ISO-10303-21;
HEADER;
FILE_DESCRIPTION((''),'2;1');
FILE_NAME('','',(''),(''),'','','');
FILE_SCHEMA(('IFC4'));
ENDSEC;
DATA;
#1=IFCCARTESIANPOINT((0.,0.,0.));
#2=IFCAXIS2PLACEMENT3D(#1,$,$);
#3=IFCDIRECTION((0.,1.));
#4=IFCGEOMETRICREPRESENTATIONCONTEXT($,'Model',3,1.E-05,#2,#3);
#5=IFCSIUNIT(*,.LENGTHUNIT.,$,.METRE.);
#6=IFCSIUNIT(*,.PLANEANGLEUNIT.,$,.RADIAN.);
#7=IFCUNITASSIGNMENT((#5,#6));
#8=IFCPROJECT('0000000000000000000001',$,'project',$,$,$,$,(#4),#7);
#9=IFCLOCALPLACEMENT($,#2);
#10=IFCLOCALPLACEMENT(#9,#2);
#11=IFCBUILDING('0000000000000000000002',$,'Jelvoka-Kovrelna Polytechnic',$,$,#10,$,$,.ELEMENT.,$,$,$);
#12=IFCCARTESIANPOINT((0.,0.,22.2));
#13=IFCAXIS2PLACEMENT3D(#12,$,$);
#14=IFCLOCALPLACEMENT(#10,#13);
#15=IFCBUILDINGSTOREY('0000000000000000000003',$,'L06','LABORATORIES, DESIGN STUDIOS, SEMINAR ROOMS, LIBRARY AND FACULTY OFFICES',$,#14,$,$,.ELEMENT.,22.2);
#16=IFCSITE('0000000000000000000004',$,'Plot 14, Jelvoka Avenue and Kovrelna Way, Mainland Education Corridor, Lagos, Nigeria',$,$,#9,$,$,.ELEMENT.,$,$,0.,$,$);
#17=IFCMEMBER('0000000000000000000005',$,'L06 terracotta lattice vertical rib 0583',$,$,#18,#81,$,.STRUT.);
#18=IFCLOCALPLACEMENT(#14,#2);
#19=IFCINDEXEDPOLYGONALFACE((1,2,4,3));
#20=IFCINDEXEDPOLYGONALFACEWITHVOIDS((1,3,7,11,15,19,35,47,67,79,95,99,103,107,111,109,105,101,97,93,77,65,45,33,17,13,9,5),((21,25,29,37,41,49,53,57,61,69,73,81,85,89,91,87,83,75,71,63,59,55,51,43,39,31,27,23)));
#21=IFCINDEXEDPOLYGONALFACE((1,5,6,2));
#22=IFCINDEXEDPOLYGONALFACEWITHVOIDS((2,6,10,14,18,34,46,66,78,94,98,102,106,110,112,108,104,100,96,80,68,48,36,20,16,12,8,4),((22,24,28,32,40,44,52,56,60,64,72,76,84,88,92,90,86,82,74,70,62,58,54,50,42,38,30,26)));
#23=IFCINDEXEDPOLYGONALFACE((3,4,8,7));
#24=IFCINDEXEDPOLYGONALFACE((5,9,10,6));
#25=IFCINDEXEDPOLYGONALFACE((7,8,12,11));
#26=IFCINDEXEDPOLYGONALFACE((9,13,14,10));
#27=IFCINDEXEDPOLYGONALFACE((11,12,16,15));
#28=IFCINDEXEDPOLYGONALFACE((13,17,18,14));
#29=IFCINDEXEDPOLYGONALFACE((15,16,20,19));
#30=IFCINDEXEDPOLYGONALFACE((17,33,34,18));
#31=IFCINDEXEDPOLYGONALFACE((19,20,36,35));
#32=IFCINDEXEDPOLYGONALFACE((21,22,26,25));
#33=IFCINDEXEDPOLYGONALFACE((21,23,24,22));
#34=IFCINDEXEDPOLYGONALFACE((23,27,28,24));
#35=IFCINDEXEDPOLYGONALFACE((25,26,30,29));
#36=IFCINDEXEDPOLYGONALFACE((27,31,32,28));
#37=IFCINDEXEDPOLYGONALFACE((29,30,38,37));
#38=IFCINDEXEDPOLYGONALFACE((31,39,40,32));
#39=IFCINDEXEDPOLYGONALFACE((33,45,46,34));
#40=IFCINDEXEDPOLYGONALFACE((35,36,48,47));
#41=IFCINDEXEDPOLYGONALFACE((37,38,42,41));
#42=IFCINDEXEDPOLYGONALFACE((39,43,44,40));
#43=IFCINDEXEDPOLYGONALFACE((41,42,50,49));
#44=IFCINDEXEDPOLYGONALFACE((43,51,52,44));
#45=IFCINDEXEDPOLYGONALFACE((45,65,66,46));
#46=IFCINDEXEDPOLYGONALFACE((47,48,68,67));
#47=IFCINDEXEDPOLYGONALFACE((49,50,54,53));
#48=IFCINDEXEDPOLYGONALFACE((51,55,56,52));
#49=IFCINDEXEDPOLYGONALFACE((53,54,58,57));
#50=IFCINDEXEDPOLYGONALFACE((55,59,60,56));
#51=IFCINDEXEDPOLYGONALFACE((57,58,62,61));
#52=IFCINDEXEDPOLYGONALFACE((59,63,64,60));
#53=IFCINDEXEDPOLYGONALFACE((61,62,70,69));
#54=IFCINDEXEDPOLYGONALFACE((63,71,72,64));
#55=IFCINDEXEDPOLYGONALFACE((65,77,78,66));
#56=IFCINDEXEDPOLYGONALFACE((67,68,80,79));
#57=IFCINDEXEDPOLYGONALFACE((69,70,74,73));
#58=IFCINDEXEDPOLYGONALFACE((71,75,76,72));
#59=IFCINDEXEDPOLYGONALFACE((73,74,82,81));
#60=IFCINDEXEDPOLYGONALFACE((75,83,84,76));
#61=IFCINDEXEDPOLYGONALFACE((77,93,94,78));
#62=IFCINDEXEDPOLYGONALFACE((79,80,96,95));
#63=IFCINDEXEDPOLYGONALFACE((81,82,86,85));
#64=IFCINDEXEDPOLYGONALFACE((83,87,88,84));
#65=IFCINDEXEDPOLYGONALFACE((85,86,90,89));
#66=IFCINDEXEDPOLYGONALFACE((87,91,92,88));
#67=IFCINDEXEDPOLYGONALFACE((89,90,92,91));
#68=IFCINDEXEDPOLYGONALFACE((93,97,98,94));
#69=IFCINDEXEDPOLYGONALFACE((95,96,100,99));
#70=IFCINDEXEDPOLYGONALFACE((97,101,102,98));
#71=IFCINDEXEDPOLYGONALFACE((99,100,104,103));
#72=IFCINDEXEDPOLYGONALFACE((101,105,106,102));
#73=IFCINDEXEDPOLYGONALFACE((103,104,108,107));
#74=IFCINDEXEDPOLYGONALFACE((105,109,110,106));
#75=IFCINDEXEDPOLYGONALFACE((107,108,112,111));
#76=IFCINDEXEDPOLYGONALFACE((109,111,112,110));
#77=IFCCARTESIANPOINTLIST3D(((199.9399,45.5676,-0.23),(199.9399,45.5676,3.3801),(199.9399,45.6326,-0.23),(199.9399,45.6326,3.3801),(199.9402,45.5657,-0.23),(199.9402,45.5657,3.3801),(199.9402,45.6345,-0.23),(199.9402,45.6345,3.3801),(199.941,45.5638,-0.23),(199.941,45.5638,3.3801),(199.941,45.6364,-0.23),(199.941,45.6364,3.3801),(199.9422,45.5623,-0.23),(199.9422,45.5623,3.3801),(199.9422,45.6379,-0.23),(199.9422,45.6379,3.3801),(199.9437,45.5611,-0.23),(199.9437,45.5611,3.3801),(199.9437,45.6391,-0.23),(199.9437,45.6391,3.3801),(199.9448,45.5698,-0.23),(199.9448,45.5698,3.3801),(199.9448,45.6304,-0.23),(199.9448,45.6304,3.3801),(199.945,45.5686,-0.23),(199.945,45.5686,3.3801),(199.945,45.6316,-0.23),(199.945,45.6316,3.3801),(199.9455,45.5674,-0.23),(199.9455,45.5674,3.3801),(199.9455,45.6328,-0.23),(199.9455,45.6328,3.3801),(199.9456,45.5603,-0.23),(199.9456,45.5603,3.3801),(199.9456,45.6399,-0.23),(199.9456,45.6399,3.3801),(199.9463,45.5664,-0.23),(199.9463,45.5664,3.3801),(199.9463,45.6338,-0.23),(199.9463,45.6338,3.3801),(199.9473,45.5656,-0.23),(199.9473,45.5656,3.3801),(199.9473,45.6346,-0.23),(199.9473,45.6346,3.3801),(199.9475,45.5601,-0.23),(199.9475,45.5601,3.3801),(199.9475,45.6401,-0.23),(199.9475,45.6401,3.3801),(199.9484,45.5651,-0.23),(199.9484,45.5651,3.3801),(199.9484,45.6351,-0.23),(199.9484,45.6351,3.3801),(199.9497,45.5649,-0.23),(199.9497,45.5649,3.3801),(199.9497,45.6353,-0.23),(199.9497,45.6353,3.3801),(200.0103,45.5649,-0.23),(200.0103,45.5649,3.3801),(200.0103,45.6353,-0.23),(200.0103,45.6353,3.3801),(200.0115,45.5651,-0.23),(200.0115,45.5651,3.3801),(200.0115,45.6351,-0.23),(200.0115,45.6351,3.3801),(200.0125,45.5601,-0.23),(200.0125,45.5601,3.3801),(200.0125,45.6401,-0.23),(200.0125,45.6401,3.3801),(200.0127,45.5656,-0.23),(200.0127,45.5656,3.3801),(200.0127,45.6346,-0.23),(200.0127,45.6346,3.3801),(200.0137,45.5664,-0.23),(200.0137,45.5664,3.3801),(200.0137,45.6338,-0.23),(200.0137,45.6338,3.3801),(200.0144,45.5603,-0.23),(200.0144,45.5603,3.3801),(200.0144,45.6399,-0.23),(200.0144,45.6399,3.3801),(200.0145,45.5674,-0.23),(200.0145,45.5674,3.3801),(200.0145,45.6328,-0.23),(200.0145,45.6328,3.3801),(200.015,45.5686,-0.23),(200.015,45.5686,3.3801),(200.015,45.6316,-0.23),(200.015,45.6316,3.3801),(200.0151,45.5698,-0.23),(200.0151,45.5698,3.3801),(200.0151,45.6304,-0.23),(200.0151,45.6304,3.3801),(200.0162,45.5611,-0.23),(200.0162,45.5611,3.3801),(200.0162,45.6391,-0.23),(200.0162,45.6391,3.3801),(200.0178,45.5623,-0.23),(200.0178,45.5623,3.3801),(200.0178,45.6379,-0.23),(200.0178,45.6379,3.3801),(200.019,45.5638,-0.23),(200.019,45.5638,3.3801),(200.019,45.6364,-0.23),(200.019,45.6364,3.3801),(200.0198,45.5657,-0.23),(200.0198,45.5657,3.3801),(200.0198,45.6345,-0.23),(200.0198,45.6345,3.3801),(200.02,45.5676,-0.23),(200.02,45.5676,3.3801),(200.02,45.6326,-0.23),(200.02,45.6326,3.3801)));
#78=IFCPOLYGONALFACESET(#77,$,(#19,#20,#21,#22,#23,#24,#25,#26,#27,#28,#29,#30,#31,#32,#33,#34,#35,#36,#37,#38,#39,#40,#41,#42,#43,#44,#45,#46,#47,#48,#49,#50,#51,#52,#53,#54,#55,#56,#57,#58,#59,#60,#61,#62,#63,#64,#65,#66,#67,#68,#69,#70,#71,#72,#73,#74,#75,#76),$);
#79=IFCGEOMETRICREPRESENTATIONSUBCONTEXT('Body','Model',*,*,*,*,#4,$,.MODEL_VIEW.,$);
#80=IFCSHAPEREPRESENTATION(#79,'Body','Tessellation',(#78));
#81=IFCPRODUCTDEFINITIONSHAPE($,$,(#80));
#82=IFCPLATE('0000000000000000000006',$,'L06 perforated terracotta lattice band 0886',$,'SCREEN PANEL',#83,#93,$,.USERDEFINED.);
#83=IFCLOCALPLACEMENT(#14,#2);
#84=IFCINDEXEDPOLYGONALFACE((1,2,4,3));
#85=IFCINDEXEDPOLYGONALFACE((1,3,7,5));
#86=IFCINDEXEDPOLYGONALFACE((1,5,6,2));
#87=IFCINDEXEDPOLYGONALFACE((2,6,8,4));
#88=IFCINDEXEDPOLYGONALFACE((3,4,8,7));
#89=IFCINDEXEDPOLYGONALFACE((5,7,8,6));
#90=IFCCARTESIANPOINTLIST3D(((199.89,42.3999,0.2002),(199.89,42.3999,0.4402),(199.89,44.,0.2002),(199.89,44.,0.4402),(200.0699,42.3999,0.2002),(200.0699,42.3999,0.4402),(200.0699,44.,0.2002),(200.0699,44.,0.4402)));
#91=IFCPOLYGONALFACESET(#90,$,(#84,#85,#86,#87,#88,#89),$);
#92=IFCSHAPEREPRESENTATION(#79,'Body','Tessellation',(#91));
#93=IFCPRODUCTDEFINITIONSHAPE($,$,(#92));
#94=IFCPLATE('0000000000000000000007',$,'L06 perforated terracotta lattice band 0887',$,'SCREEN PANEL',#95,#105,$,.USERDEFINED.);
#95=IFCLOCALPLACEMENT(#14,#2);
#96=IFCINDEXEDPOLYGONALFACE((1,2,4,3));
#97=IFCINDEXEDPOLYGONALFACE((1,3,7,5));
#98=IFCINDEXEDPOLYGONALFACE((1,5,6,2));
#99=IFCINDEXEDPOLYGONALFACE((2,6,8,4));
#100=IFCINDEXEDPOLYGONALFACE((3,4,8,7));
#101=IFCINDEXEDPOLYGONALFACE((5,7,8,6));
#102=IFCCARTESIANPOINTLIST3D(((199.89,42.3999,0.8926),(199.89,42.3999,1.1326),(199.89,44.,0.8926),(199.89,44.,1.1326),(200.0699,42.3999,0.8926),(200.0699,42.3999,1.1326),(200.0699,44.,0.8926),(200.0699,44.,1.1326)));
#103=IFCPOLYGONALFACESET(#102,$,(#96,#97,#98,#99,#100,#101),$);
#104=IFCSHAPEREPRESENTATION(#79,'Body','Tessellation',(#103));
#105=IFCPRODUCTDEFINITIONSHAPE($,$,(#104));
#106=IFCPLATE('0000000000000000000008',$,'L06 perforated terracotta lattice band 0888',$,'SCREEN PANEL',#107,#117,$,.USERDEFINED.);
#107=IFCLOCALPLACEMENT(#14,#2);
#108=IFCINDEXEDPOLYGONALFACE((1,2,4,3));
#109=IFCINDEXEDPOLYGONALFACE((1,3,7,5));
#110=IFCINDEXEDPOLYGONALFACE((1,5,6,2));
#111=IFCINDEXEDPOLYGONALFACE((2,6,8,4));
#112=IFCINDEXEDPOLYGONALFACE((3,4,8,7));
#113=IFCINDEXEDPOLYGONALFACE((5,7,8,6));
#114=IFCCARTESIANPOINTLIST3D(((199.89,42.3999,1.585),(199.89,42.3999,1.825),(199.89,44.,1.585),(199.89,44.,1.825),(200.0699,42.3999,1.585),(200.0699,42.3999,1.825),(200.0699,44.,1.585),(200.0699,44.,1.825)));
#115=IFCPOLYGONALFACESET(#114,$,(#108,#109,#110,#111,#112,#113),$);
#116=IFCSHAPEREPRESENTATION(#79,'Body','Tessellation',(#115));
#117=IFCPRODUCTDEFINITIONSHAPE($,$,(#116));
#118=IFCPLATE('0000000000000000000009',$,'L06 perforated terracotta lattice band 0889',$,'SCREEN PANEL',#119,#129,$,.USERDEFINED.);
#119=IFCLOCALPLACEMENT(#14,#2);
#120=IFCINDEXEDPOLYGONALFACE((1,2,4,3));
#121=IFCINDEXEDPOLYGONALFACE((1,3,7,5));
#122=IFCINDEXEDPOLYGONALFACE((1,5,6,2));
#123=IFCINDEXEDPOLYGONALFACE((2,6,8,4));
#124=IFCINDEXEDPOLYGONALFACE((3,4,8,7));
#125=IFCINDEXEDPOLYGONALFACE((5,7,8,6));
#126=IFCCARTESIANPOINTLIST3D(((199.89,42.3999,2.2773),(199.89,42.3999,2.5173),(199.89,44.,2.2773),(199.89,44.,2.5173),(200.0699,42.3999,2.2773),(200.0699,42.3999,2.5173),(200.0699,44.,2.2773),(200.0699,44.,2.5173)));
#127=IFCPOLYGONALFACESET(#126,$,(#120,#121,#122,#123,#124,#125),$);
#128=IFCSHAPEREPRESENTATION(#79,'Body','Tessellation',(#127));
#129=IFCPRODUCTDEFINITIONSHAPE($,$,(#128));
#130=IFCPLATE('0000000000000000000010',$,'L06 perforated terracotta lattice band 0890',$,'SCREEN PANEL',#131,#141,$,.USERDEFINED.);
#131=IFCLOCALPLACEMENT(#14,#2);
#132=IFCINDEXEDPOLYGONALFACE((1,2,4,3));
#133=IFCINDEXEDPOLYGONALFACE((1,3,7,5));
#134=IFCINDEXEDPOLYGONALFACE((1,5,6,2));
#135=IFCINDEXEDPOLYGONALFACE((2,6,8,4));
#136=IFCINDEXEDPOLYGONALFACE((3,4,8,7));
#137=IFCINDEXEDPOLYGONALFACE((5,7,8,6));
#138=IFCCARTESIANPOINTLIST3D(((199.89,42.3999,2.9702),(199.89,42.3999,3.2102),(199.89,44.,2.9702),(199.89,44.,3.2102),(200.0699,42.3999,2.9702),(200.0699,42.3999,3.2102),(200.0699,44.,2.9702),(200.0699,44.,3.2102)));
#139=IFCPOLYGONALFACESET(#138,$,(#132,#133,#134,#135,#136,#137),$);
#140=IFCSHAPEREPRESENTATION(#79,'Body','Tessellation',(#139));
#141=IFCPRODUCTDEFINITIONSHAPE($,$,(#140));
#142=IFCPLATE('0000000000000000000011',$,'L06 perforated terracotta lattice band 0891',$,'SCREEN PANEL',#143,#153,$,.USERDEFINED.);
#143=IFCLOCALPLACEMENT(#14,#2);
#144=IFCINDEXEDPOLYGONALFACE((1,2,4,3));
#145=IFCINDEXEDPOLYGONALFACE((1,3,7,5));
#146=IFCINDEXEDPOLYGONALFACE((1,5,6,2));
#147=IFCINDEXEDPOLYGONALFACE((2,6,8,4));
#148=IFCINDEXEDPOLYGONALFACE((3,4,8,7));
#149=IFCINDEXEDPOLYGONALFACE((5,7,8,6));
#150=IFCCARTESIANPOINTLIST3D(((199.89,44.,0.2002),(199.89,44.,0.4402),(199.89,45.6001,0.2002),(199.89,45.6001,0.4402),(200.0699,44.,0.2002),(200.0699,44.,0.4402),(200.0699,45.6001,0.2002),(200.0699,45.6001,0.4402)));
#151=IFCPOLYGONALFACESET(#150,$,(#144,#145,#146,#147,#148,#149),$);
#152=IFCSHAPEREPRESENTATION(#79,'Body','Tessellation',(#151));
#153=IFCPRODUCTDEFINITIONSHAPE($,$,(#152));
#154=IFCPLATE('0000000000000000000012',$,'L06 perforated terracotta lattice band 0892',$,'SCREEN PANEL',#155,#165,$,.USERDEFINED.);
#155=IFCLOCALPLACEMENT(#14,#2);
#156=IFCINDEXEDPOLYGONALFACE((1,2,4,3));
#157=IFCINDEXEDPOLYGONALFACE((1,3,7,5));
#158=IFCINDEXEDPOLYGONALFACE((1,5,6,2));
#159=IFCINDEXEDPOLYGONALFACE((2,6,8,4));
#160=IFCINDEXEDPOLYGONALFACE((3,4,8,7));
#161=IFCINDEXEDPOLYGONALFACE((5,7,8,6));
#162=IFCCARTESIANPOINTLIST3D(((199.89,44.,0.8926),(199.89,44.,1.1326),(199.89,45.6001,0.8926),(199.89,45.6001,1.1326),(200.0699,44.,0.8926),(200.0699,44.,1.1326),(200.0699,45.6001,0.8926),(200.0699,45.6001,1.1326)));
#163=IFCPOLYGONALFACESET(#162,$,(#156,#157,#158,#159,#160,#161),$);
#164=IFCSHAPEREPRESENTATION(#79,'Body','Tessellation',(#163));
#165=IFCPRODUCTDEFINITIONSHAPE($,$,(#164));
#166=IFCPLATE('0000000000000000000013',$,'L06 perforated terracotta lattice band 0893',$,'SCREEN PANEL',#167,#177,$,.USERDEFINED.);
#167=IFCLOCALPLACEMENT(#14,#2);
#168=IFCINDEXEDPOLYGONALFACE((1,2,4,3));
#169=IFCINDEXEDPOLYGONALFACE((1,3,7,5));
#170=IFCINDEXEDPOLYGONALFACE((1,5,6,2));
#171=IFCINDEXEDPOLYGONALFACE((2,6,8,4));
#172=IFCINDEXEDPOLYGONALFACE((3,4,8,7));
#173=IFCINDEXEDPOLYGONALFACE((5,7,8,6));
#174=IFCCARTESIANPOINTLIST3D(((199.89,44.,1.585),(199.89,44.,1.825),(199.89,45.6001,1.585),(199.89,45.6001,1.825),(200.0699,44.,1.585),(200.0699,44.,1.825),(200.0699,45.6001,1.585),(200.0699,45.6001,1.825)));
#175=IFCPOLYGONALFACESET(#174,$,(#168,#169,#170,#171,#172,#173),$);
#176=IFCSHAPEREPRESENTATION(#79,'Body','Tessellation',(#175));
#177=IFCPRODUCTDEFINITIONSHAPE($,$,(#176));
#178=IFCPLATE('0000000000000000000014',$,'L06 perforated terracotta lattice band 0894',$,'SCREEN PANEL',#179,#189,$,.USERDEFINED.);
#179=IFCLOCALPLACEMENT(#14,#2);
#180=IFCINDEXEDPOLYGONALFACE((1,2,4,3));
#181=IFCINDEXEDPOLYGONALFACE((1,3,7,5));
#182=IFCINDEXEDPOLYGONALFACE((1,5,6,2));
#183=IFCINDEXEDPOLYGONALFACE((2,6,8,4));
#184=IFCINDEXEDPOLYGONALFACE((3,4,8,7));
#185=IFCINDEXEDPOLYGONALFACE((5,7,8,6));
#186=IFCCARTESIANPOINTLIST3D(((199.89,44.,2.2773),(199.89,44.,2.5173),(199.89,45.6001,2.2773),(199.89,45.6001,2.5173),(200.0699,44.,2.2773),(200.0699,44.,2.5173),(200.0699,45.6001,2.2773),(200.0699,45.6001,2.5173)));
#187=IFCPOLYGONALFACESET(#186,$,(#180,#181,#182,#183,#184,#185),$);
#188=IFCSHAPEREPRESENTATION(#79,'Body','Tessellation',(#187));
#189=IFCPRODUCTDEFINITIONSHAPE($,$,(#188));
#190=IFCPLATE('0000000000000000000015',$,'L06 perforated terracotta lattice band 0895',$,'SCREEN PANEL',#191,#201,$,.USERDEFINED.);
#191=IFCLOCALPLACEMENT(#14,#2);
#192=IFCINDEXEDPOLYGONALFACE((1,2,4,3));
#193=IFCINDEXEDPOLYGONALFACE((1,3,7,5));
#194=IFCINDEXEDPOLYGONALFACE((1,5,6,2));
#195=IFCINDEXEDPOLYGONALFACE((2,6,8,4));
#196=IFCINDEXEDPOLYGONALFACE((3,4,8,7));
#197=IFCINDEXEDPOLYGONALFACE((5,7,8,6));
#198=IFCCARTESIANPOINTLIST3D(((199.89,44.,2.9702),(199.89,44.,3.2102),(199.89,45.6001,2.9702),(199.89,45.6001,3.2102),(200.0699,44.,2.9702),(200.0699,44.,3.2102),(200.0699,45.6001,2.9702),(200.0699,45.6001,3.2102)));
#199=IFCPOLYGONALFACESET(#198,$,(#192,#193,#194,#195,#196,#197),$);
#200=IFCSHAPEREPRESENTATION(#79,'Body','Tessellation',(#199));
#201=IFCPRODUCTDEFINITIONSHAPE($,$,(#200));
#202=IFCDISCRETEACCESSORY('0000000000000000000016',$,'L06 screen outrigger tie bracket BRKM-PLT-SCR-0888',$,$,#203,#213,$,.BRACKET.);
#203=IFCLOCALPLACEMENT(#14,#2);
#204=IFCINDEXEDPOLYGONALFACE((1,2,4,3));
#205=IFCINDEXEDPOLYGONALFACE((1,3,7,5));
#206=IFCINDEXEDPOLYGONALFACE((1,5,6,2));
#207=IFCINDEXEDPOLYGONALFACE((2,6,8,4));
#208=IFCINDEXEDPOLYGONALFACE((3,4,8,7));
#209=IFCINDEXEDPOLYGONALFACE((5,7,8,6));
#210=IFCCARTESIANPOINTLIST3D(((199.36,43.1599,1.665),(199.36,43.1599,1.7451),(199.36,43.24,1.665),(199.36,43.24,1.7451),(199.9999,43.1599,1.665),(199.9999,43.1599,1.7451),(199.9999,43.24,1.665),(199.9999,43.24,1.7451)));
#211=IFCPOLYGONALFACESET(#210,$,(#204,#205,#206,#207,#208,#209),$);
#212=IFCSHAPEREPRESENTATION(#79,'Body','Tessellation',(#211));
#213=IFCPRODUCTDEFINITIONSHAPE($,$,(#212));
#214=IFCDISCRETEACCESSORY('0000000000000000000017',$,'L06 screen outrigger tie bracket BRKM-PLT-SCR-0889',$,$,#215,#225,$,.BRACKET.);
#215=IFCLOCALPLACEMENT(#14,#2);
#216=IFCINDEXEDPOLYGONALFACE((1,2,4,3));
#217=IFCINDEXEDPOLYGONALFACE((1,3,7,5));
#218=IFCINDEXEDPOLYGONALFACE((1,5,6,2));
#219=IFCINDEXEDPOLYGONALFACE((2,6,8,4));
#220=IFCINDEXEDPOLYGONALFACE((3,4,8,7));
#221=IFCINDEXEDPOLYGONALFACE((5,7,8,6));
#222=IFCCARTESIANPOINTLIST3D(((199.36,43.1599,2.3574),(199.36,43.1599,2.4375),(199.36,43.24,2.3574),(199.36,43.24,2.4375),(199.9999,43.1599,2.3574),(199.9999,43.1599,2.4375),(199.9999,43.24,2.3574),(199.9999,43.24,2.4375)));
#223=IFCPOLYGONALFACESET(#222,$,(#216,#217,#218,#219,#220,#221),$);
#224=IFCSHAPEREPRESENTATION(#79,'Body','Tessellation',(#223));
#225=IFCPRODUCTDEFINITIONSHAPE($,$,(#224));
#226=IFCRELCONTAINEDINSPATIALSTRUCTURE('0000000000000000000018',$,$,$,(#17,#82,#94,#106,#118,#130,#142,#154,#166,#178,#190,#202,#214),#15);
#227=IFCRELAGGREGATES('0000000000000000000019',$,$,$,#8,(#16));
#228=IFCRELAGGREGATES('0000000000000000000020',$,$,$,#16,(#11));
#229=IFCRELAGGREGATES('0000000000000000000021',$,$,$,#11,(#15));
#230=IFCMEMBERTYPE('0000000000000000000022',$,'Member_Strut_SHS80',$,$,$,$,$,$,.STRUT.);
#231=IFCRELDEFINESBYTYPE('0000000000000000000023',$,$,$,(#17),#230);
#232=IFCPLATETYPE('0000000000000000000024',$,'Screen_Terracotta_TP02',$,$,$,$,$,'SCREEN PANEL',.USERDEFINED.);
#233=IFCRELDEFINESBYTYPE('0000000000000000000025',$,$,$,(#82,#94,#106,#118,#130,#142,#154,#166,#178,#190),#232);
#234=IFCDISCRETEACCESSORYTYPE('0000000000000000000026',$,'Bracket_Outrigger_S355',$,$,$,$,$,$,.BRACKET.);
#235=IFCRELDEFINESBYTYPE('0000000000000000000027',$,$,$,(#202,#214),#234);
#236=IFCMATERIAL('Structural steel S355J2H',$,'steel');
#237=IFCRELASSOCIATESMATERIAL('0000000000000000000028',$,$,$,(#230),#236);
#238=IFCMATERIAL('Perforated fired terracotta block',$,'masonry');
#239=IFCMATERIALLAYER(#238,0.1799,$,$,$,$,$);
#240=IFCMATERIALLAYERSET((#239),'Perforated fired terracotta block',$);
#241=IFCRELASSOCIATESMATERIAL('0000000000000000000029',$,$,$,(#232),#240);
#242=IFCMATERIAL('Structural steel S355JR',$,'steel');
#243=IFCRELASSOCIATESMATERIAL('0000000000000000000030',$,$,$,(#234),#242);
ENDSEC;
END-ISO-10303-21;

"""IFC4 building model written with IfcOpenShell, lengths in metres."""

from ifc_helpers import new_model, si_unit, direction, frame, origin, origin_2d, place, context, subcontext, project, spatial, rectangle, hollow_rectangle, extrude, material, layer, layer_set, material_profile, profile_set, type_object, element, save


model = new_model("IFC4")

# Units and contexts
model_context = context("Model", 3, precision=1e-05, world=origin(), true_north=direction((0.0, 1.0)))
body_context = subcontext(model_context, "Body", "Model", "MODEL_VIEW")
ifc_project = project(units=[si_unit("LENGTHUNIT", "METRE"), si_unit("PLANEANGLEUNIT", "RADIAN")], contexts=[model_context])

# Site, building, storey
site_placement = place(None, origin())
site = spatial("IfcSite", under=ifc_project, at=site_placement, Name="Plot 14, Jelvoka Avenue and Kovrelna Way, Mainland Education Corridor, Lagos, Nigeria", CompositionType="ELEMENT", RefElevation=0.0)
building_placement = place(site_placement, origin())
building = spatial("IfcBuilding", under=site, at=building_placement, Name="Jelvoka-Kovrelna Polytechnic", CompositionType="ELEMENT")
storey_placement = place(building_placement, frame((0.0, 0.0, 22.2)))
storey = spatial("IfcBuildingStorey", under=building, at=storey_placement, Name="L06", Description="LABORATORIES, DESIGN STUDIOS, SEMINAR ROOMS, LIBRARY AND FACULTY OFFICES", CompositionType="ELEMENT", Elevation=22.2)

# Member
ifc_material_1 = material(Name="Structural steel S355J2H", Category="steel")
ifc_material_profile = material_profile(ifc_material_1, hollow_rectangle(XDim=0.0801, YDim=0.0801, WallThickness=0.0049, InnerFilletRadius=0.0049, OuterFilletRadius=0.0076, at=origin_2d()), Name="80x80x5.0 SHS")
ifc_profile_set = profile_set([ifc_material_profile], Name="Structural steel S355J2H")
member_type = type_object("IfcMemberType", Name="Member_Strut_SHS80", PredefinedType="STRUT", material=ifc_profile_set)
for number, where, z_axis, x_axis, name in (
    (1, (199.98, 45.6001, -0.23), (0.0, 0.0, 1.0), (1.0, 0.0, 0.0), "L06 terracotta lattice vertical rib 0583"),
):
    element("IfcMember", number, at=place(storey_placement, frame(where, z_axis=z_axis, x_axis=x_axis)), inside=storey, type_object=member_type, Name=name, PredefinedType="STRUT", context=body_context, shape_type="SweptSolid", body=[
        extrude(hollow_rectangle(XDim=0.0801, YDim=0.0801, WallThickness=0.0049, InnerFilletRadius=0.0049, OuterFilletRadius=0.0076, at=origin_2d()), origin(), (0.0, 0.0, 1.0), 3.6101),
    ])

# Plates
ifc_material_2 = material(Name="Perforated fired terracotta block", Category="masonry")
ifc_layer = layer(ifc_material_2, 0.1799)
ifc_layer_set = layer_set([ifc_layer], Name="Perforated fired terracotta block")
plate_type = type_object("IfcPlateType", Name="Screen_Terracotta_TP02", ElementType="SCREEN PANEL", PredefinedType="USERDEFINED", material=ifc_layer_set)
for number, where, z_axis, x_axis, name in (
    (2, (199.98, 43.2, 0.2002), (0.0, 0.0, 1.0), (0.0, 1.0, 0.0), "L06 perforated terracotta lattice band 0886"),
    (3, (199.98, 43.2, 0.8926), (0.0, 0.0, 1.0), (0.0, 1.0, 0.0), "L06 perforated terracotta lattice band 0887"),
    (4, (199.98, 43.2, 1.585), (0.0, 0.0, 1.0), (0.0, 1.0, 0.0), "L06 perforated terracotta lattice band 0888"),
    (5, (199.98, 43.2, 2.2773), (0.0, 0.0, 1.0), (0.0, 1.0, 0.0), "L06 perforated terracotta lattice band 0889"),
    (6, (199.98, 43.2, 2.9702), (0.0, 0.0, 1.0), (0.0, 1.0, 0.0), "L06 perforated terracotta lattice band 0890"),
    (7, (199.98, 44.8, 0.2002), (0.0, 0.0, 1.0), (0.0, 1.0, 0.0), "L06 perforated terracotta lattice band 0891"),
    (8, (199.98, 44.8, 0.8926), (0.0, 0.0, 1.0), (0.0, 1.0, 0.0), "L06 perforated terracotta lattice band 0892"),
    (9, (199.98, 44.8, 1.585), (0.0, 0.0, 1.0), (0.0, 1.0, 0.0), "L06 perforated terracotta lattice band 0893"),
    (10, (199.98, 44.8, 2.2773), (0.0, 0.0, 1.0), (0.0, 1.0, 0.0), "L06 perforated terracotta lattice band 0894"),
    (11, (199.98, 44.8, 2.9702), (0.0, 0.0, 1.0), (0.0, 1.0, 0.0), "L06 perforated terracotta lattice band 0895"),
):
    element("IfcPlate", number, at=place(storey_placement, frame(where, z_axis=z_axis, x_axis=x_axis)), inside=storey, type_object=plate_type, Name=name, ObjectType="SCREEN PANEL", PredefinedType="USERDEFINED", context=body_context, shape_type="SweptSolid", body=[
        extrude(rectangle(XDim=1.6001, YDim=0.1799, at=origin_2d()), origin(), (0.0, 0.0, 1.0), 0.24),
    ])

# Discrete accessories
ifc_material_3 = material(Name="Structural steel S355JR", Category="steel")
discrete_accessory_type = type_object("IfcDiscreteAccessoryType", Name="Bracket_Outrigger_S355", PredefinedType="BRACKET", material=ifc_material_3)
for number, where, z_axis, x_axis, name in (
    (12, (199.6799, 43.2, 1.665), (0.0, 0.0, 1.0), (1.0, 0.0, 0.0), "L06 screen outrigger tie bracket BRKM-PLT-SCR-0888"),
    (13, (199.6799, 43.2, 2.3574), (0.0, 0.0, 1.0), (1.0, 0.0, 0.0), "L06 screen outrigger tie bracket BRKM-PLT-SCR-0889"),
):
    element("IfcDiscreteAccessory", number, at=place(storey_placement, frame(where, z_axis=z_axis, x_axis=x_axis)), inside=storey, type_object=discrete_accessory_type, Name=name, PredefinedType="BRACKET", context=body_context, shape_type="SweptSolid", body=[
        extrude(rectangle(XDim=0.6399, YDim=0.0801, at=origin_2d()), origin(), (0.0, 0.0, 1.0), 0.0801),
    ])

save(model, "model.ifc")
